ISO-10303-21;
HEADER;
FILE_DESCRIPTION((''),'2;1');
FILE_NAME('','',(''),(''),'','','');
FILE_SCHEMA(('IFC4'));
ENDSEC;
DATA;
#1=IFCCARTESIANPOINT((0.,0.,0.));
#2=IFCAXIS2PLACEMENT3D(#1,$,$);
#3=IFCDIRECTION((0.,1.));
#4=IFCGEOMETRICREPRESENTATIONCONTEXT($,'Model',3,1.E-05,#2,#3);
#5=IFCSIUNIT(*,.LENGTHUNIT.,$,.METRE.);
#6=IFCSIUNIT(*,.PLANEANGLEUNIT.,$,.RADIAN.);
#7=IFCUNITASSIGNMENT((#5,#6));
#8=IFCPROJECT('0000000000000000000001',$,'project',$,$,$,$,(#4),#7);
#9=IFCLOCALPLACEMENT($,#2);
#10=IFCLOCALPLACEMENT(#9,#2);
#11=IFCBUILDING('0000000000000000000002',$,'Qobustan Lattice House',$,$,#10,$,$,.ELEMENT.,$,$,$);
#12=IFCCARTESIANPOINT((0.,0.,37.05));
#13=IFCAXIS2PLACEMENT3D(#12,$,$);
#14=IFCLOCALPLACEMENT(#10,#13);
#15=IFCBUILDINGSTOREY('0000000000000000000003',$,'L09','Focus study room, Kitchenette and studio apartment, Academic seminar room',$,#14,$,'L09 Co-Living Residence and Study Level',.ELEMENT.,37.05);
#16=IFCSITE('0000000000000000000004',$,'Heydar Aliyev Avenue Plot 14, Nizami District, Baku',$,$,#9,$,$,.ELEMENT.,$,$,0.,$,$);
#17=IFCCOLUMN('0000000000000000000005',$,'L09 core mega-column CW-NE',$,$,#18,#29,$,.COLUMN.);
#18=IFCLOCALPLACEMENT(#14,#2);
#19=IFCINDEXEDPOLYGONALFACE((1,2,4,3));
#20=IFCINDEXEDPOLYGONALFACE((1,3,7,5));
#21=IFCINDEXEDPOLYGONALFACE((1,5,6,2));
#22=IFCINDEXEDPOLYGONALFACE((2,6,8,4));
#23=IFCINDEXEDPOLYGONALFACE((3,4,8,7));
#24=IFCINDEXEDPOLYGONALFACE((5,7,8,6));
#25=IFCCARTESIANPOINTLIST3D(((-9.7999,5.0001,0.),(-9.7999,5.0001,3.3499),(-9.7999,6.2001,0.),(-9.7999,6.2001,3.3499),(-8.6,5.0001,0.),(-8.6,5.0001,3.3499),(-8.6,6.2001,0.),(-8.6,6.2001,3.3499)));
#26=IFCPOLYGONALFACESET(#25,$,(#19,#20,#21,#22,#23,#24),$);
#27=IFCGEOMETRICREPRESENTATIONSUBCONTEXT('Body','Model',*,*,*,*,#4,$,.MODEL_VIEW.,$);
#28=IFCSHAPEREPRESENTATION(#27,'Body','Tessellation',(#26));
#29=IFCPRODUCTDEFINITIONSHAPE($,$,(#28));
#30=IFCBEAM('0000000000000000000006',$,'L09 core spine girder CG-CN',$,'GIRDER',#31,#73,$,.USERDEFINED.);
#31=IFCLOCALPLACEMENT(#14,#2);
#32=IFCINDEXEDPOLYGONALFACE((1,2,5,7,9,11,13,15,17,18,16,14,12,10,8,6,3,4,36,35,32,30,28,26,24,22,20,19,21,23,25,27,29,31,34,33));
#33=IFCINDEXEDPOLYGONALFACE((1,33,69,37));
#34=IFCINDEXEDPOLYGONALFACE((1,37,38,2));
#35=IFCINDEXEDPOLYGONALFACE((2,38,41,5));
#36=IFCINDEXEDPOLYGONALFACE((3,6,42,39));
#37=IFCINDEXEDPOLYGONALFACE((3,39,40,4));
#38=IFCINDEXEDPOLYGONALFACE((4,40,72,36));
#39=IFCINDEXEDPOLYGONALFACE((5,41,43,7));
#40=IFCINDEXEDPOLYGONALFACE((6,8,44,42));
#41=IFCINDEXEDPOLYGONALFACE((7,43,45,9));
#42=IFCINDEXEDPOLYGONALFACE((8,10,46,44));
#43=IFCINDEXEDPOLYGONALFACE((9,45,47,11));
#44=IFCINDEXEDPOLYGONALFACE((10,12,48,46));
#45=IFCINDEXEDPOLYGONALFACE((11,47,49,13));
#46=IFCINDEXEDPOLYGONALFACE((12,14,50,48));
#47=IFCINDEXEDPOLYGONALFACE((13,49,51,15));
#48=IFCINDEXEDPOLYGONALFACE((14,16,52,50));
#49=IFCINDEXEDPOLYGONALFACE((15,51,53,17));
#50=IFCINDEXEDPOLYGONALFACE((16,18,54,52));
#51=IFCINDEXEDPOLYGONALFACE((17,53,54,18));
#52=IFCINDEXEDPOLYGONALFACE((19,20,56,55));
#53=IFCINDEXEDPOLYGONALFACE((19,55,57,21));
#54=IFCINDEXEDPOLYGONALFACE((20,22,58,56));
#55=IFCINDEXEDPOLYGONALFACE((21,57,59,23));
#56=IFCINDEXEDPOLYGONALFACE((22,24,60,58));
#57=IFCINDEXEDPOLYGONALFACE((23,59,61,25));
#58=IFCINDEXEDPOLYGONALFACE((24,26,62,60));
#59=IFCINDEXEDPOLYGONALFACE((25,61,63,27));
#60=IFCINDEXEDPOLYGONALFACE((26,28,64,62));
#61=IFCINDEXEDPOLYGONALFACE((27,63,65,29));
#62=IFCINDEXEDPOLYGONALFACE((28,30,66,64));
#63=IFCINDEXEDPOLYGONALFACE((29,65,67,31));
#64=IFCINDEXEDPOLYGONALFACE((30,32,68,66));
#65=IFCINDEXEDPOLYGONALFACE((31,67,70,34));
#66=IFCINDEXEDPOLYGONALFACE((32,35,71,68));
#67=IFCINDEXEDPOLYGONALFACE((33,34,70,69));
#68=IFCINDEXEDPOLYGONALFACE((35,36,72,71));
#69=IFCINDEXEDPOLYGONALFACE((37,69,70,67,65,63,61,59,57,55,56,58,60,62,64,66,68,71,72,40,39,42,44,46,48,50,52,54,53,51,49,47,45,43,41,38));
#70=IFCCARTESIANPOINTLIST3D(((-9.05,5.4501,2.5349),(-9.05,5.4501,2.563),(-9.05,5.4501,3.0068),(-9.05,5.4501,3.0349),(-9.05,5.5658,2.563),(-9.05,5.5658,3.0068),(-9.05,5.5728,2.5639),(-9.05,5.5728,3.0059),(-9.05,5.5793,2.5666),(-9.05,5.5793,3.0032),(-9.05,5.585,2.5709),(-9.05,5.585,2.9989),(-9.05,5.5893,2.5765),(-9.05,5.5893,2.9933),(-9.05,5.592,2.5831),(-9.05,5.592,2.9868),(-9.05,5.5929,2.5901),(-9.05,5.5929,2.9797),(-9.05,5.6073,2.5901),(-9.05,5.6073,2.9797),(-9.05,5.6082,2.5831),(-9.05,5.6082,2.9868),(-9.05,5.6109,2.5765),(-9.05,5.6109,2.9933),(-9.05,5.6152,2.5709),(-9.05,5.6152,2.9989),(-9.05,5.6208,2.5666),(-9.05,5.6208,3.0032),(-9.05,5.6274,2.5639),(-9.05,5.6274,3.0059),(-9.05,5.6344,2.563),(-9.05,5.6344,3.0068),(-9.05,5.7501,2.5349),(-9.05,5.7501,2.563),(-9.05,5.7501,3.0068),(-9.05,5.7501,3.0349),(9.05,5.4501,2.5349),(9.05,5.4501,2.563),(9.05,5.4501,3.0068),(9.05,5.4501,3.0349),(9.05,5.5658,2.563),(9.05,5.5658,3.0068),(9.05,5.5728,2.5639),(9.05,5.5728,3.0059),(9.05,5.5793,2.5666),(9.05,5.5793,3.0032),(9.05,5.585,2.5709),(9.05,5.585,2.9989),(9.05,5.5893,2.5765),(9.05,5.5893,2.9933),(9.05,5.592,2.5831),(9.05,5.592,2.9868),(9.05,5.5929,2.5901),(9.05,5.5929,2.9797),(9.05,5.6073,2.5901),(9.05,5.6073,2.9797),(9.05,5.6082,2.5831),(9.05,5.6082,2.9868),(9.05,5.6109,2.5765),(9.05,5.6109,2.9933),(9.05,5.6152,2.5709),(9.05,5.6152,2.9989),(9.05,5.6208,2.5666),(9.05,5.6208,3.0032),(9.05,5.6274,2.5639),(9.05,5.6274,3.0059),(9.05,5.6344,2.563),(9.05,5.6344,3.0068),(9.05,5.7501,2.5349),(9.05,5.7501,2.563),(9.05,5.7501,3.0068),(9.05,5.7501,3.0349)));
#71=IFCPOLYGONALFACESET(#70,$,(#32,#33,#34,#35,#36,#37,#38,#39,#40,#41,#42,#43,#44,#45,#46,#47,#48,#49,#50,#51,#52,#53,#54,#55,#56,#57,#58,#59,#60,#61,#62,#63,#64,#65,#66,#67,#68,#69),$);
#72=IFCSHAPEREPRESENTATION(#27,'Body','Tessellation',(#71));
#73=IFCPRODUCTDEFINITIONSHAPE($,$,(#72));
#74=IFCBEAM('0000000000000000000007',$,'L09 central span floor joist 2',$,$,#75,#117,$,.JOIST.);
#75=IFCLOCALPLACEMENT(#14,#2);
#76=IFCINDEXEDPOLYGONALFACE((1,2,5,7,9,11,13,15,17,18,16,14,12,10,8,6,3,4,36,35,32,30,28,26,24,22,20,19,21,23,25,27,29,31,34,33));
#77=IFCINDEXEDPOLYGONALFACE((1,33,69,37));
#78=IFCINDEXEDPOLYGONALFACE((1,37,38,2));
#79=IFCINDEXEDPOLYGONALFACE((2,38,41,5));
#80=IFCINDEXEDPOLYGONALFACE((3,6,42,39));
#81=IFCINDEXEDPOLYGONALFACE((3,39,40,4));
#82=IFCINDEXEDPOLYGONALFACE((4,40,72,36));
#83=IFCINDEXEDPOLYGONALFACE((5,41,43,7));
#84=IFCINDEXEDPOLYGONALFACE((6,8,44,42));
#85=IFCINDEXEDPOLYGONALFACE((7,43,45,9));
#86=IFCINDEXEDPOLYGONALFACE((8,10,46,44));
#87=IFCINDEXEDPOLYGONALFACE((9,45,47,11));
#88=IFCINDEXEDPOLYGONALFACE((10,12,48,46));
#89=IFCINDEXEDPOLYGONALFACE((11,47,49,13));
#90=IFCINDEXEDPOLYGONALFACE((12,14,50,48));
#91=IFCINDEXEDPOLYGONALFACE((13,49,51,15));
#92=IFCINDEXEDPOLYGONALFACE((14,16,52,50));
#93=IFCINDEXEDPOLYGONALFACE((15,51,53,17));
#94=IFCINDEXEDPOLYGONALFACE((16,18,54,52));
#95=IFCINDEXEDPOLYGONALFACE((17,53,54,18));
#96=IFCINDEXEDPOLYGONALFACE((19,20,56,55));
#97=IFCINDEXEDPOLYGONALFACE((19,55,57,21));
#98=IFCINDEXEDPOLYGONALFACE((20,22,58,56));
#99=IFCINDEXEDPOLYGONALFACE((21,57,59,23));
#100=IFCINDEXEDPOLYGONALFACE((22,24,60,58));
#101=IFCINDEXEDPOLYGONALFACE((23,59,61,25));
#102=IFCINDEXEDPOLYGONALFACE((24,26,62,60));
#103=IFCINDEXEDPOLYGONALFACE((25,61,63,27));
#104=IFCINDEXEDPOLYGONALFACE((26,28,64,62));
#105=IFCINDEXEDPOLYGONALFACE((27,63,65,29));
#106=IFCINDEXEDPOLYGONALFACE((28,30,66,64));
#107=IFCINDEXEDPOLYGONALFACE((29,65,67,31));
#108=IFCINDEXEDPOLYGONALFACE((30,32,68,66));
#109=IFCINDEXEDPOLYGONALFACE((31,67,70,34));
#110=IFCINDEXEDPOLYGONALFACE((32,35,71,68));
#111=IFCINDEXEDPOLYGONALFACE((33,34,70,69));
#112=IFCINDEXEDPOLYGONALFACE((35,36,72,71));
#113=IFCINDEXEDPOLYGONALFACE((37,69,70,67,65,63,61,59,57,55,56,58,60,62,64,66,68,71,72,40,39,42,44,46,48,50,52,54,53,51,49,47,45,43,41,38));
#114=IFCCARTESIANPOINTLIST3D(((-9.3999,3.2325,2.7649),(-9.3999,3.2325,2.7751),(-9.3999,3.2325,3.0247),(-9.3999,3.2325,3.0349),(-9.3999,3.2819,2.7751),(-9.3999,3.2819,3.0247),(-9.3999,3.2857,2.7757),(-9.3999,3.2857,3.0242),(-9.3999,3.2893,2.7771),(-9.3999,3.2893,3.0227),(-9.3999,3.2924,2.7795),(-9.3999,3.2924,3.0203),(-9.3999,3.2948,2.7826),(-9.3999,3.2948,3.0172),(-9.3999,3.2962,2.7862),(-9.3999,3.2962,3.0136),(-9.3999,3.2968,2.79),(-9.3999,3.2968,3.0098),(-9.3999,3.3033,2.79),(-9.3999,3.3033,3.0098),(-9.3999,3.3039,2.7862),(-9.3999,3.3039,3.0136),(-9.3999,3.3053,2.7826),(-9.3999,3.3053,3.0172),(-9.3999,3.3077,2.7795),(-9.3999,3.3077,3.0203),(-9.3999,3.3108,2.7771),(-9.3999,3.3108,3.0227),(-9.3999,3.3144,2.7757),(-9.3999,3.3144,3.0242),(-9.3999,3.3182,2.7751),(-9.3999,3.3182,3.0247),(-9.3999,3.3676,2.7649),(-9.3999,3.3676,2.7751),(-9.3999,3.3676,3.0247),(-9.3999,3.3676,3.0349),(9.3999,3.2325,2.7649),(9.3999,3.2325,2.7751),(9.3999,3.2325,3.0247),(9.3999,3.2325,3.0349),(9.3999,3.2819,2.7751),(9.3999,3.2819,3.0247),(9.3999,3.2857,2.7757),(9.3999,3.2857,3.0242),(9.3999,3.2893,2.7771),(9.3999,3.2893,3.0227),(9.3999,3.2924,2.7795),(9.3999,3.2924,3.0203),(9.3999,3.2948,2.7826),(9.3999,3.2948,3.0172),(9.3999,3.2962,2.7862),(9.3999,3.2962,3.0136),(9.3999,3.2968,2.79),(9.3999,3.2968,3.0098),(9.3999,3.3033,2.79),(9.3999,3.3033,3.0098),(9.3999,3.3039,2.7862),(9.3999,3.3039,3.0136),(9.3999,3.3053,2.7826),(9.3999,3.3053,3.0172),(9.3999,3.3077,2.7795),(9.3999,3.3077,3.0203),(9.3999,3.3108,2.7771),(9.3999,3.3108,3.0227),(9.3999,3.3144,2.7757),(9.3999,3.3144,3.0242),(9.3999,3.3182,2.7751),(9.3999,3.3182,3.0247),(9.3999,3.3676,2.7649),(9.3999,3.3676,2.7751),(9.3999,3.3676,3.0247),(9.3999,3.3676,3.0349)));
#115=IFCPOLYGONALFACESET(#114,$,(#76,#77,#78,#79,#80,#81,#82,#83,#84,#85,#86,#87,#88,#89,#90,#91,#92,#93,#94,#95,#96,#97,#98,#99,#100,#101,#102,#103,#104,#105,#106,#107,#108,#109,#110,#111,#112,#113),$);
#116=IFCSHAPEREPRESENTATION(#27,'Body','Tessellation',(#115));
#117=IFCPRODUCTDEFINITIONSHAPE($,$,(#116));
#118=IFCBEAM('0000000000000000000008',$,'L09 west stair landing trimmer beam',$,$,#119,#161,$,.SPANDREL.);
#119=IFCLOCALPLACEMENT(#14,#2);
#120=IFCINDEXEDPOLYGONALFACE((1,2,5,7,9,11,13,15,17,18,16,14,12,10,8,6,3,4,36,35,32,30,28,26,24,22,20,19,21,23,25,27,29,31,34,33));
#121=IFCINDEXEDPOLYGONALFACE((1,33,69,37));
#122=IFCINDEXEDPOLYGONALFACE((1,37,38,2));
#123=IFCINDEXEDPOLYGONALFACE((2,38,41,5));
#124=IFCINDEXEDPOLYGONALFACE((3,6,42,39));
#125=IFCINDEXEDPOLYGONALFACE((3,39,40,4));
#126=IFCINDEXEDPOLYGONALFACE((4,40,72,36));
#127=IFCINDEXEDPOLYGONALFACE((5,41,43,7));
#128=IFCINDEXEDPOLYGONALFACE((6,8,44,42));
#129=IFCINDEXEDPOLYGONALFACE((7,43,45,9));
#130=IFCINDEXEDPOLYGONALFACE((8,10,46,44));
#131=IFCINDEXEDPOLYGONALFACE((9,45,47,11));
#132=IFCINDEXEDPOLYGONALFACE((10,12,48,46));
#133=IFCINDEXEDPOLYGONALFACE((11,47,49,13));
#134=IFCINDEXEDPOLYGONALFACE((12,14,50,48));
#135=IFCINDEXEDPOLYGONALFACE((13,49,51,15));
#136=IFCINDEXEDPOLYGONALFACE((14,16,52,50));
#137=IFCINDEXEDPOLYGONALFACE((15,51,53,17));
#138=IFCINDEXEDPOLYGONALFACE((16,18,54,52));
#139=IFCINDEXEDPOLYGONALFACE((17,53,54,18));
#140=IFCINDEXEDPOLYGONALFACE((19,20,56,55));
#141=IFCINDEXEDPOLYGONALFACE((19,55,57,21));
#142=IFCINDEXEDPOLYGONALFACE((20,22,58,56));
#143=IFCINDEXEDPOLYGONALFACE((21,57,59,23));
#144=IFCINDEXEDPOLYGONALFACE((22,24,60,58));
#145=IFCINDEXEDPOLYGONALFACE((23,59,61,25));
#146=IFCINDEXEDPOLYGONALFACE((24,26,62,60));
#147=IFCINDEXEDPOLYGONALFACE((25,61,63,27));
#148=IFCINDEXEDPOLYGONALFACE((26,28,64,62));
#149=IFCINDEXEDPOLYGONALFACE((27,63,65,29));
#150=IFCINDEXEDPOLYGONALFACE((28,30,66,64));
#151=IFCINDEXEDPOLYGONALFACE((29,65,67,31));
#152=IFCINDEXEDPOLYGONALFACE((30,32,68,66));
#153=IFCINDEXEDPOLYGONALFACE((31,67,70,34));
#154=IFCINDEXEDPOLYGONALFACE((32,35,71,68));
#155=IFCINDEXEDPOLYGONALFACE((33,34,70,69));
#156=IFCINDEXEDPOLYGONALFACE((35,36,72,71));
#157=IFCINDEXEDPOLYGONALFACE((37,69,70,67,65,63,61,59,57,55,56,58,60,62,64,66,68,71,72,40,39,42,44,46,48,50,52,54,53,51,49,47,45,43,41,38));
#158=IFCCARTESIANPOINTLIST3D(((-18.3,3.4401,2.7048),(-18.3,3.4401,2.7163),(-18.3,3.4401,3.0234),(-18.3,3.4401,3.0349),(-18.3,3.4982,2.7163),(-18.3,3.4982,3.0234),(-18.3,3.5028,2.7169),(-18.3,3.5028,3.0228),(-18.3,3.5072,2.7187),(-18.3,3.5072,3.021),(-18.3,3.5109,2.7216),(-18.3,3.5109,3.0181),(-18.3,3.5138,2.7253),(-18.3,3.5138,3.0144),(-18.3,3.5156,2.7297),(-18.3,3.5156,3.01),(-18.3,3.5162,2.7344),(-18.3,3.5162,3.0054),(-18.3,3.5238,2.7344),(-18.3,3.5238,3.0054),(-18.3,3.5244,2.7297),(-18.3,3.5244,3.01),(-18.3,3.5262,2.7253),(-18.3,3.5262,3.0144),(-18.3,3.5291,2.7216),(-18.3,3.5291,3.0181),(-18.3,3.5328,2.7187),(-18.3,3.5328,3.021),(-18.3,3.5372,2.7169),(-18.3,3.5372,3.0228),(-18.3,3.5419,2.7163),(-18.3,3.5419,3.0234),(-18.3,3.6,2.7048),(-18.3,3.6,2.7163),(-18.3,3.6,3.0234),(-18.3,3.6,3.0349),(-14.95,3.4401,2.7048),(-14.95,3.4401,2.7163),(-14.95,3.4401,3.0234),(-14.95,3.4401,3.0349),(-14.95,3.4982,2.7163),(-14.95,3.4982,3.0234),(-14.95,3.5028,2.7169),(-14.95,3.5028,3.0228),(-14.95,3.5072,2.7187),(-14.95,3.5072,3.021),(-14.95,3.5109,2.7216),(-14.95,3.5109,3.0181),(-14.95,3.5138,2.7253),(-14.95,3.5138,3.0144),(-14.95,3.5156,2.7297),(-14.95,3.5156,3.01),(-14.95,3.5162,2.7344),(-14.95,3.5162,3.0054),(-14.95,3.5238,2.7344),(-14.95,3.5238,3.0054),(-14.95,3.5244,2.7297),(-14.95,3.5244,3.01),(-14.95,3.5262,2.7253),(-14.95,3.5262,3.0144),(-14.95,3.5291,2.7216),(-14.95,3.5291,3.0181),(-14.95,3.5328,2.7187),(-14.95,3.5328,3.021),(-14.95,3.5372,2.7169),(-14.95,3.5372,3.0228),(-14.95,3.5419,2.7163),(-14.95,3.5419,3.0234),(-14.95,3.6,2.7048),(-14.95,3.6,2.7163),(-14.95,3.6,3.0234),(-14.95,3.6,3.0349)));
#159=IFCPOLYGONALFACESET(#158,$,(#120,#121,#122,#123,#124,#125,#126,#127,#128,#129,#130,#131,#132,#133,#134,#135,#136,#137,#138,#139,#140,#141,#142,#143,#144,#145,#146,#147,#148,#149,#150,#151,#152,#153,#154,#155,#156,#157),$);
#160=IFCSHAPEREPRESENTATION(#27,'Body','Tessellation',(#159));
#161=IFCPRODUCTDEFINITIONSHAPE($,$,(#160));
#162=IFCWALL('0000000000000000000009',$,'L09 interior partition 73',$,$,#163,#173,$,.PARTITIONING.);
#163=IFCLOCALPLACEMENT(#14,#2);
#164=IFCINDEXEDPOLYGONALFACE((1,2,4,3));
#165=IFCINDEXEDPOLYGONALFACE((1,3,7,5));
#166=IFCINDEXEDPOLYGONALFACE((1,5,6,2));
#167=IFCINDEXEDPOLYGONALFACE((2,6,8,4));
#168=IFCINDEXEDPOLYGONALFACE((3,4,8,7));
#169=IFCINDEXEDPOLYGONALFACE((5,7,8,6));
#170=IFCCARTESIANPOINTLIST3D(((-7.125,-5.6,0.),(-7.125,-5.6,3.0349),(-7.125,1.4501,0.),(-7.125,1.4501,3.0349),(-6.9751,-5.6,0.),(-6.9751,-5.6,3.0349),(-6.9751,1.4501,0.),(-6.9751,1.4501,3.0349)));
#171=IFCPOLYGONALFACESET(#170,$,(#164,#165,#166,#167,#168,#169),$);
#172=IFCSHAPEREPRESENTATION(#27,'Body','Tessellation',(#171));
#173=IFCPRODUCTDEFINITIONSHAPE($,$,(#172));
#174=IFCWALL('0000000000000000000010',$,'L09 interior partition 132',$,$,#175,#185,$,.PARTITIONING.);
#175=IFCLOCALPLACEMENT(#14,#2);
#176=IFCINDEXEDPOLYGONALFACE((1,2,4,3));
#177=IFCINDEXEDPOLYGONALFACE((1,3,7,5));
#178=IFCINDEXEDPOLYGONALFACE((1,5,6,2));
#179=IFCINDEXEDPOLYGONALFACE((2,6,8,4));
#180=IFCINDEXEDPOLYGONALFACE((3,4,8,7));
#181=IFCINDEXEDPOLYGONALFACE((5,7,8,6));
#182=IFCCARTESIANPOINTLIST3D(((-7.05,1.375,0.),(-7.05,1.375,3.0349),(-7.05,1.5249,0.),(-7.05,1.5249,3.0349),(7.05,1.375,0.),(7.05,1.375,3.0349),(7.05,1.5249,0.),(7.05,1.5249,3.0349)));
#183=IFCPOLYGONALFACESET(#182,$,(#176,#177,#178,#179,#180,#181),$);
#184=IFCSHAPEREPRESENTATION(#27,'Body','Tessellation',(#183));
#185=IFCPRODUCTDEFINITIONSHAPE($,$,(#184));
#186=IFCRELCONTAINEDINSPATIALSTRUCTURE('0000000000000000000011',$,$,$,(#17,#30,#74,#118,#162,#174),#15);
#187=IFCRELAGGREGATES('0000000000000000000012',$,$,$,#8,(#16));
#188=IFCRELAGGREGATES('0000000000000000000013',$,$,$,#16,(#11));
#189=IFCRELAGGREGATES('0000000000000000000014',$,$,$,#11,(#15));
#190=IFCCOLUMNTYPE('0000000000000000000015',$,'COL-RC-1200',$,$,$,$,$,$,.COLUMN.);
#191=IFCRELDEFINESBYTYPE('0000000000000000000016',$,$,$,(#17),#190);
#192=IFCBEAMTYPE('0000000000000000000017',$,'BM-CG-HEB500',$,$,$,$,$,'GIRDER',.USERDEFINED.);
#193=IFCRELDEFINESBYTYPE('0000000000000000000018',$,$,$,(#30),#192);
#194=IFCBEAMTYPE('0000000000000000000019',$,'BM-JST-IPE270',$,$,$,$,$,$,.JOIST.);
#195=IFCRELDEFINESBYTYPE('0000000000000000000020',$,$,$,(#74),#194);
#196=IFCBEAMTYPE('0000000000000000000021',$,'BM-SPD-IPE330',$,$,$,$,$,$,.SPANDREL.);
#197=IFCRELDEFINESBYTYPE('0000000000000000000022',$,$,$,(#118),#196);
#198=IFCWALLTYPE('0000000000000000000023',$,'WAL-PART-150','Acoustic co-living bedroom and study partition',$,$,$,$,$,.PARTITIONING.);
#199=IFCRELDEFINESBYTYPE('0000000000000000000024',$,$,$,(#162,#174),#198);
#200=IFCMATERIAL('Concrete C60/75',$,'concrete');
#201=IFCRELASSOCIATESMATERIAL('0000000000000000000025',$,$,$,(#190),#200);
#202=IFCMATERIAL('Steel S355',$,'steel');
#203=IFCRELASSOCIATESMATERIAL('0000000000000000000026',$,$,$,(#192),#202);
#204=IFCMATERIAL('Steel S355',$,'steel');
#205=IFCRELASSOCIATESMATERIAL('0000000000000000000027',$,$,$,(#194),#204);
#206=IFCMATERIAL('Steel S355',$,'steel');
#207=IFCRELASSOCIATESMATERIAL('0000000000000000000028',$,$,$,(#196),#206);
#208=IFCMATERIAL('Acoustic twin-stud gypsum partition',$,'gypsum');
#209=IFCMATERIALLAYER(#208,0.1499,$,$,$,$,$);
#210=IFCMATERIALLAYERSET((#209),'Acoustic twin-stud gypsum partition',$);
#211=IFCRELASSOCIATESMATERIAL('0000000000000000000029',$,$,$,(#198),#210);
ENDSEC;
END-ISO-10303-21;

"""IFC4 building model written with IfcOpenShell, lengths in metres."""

from ifc_helpers import new_model, si_unit, direction, frame, frame_2d, origin, origin_2d, place, context, subcontext, project, spatial, rectangle, i_section, extrude, material, layer, layer_set, material_profile, profile_set, type_object, element, save


model = new_model("IFC4")

# Units and contexts
model_context = context("Model", 3, precision=1e-05, world=origin(), true_north=direction((0.0, 1.0)))
body_context = subcontext(model_context, "Body", "Model", "MODEL_VIEW")
ifc_project = project(units=[si_unit("LENGTHUNIT", "METRE"), si_unit("PLANEANGLEUNIT", "RADIAN")], contexts=[model_context])

# Site, building, storey
site_placement = place(None, origin())
site = spatial("IfcSite", under=ifc_project, at=site_placement, Name="Heydar Aliyev Avenue Plot 14, Nizami District, Baku", CompositionType="ELEMENT", RefElevation=0.0)
building_placement = place(site_placement, origin())
building = spatial("IfcBuilding", under=site, at=building_placement, Name="Qobustan Lattice House", CompositionType="ELEMENT")
storey_placement = place(building_placement, frame((0.0, 0.0, 37.05)))
storey = spatial("IfcBuildingStorey", under=building, at=storey_placement, Name="L09", Description="Focus study room, Kitchenette and studio apartment, Academic seminar room", LongName="L09 Co-Living Residence and Study Level", CompositionType="ELEMENT", Elevation=37.05)

# Column
ifc_material_1 = material(Name="Concrete C60/75", Category="concrete")
ifc_material_profile_1 = material_profile(ifc_material_1, rectangle(XDim=1.2, YDim=1.2, at=origin_2d()), Name="RC1200x1200")
ifc_profile_set_1 = profile_set([ifc_material_profile_1], Name="Concrete C60/75")
column_type = type_object("IfcColumnType", Name="COL-RC-1200", PredefinedType="COLUMN", material=ifc_profile_set_1)
column_placement = place(storey_placement, frame((-9.2, 5.6001, 0.0), z_axis=(0.0, 0.0, 1.0), x_axis=(1.0, 0.0, 0.0)))
element("IfcColumn", 1, at=column_placement, inside=storey, type_object=column_type, Name="L09 core mega-column CW-NE", PredefinedType="COLUMN", context=body_context, shape_type="SweptSolid", body=[
    extrude(rectangle(XDim=1.2, YDim=1.2, at=origin_2d()), origin(), (0.0, 0.0, 1.0), 3.3499),
])

# Beams
ifc_material_2 = material(Name="Steel S355", Category="steel")
ifc_material_profile_2 = material_profile(ifc_material_2, i_section(OverallWidth=0.3, OverallDepth=0.5, WebThickness=0.0144, FlangeThickness=0.0281, FilletRadius=0.0271, at=origin_2d()), Name="HEB500")
ifc_profile_set_2 = profile_set([ifc_material_profile_2], Name="Steel S355")
beam_type_1 = type_object("IfcBeamType", Name="BM-CG-HEB500", ElementType="GIRDER", PredefinedType="USERDEFINED", material=ifc_profile_set_2)
beam_1_placement = place(storey_placement, frame((-9.05, 5.6001, 2.7849), z_axis=(1.0, 0.0, 0.0), x_axis=(0.0, 1.0, 0.0)))
element("IfcBeam", 2, at=beam_1_placement, inside=storey, type_object=beam_type_1, Name="L09 core spine girder CG-CN", ObjectType="GIRDER", PredefinedType="USERDEFINED", context=body_context, shape_type="SweptSolid", body=[
    extrude(i_section(OverallWidth=0.3, OverallDepth=0.5, WebThickness=0.0144, FlangeThickness=0.0281, FilletRadius=0.0271, at=origin_2d()), origin(), (0.0, 0.0, 1.0), 18.1001),
])
ifc_material_3 = material(Name="Steel S355", Category="steel")
ifc_material_profile_3 = material_profile(ifc_material_3, i_section(OverallWidth=0.135, OverallDepth=0.27, WebThickness=0.0066, FlangeThickness=0.0103, FilletRadius=0.0149, at=origin_2d()), Name="IPE270")
ifc_profile_set_3 = profile_set([ifc_material_profile_3], Name="Steel S355")
beam_type_2 = type_object("IfcBeamType", Name="BM-JST-IPE270", PredefinedType="JOIST", material=ifc_profile_set_3)
beam_2_placement = place(storey_placement, frame((-9.3999, 3.3, 2.8999), z_axis=(1.0, 0.0, 0.0), x_axis=(0.0, 1.0, 0.0)))
element("IfcBeam", 3, at=beam_2_placement, inside=storey, type_object=beam_type_2, Name="L09 central span floor joist 2", PredefinedType="JOIST", context=body_context, shape_type="SweptSolid", body=[
    extrude(i_section(OverallWidth=0.135, OverallDepth=0.27, WebThickness=0.0066, FlangeThickness=0.0103, FilletRadius=0.0149, at=origin_2d()), origin(), (0.0, 0.0, 1.0), 18.7998),
])
ifc_material_4 = material(Name="Steel S355", Category="steel")
ifc_material_profile_4 = material_profile(ifc_material_4, i_section(OverallWidth=0.1599, OverallDepth=0.3301, WebThickness=0.0076, FlangeThickness=0.0115, FilletRadius=0.0181, at=origin_2d()), Name="IPE330")
ifc_profile_set_4 = profile_set([ifc_material_profile_4], Name="Steel S355")
beam_type_3 = type_object("IfcBeamType", Name="BM-SPD-IPE330", PredefinedType="SPANDREL", material=ifc_profile_set_4)
beam_3_placement = place(storey_placement, frame((-18.3, 3.52, 2.8699), z_axis=(1.0, 0.0, 0.0), x_axis=(0.0, 1.0, 0.0)))
element("IfcBeam", 4, at=beam_3_placement, inside=storey, type_object=beam_type_3, Name="L09 west stair landing trimmer beam", PredefinedType="SPANDREL", context=body_context, shape_type="SweptSolid", body=[
    extrude(i_section(OverallWidth=0.1599, OverallDepth=0.3301, WebThickness=0.0076, FlangeThickness=0.0115, FilletRadius=0.0181, at=origin_2d()), origin(), (0.0, 0.0, 1.0), 3.3501),
])

# Walls
ifc_material_5 = material(Name="Acoustic twin-stud gypsum partition", Category="gypsum")
ifc_layer_1 = layer(ifc_material_5, 0.1499)
ifc_layer_set_1 = layer_set([ifc_layer_1], Name="Acoustic twin-stud gypsum partition")
wall_type_1 = type_object("IfcWallType", Name="WAL-PART-150", Description="Acoustic co-living bedroom and study partition", PredefinedType="PARTITIONING", material=ifc_layer_set_1)
wall_1_placement = place(storey_placement, frame((-7.05, 1.45, 0.0), z_axis=(0.0, 0.0, 1.0), x_axis=(0.0, -1.0, 0.0)))
element("IfcWall", 5, at=wall_1_placement, inside=storey, type_object=wall_type_1, Name="L09 interior partition 73", PredefinedType="PARTITIONING", context=body_context, shape_type="SweptSolid", body=[
    extrude(rectangle(XDim=7.05, YDim=0.1499, at=frame_2d((3.5249, 0.0))), origin(), (0.0, 0.0, 1.0), 3.0349),
])
wall_2_placement = place(storey_placement, frame((-7.05, 1.45, 0.0), z_axis=(0.0, 0.0, 1.0), x_axis=(1.0, 0.0, 0.0)))
element("IfcWall", 6, at=wall_2_placement, inside=storey, type_object=wall_type_1, Name="L09 interior partition 132", PredefinedType="PARTITIONING", context=body_context, shape_type="SweptSolid", body=[
    extrude(rectangle(XDim=14.1001, YDim=0.1499, at=frame_2d((7.05, 0.0))), origin(), (0.0, 0.0, 1.0), 3.0349),
])

save(model, "model.ifc")
